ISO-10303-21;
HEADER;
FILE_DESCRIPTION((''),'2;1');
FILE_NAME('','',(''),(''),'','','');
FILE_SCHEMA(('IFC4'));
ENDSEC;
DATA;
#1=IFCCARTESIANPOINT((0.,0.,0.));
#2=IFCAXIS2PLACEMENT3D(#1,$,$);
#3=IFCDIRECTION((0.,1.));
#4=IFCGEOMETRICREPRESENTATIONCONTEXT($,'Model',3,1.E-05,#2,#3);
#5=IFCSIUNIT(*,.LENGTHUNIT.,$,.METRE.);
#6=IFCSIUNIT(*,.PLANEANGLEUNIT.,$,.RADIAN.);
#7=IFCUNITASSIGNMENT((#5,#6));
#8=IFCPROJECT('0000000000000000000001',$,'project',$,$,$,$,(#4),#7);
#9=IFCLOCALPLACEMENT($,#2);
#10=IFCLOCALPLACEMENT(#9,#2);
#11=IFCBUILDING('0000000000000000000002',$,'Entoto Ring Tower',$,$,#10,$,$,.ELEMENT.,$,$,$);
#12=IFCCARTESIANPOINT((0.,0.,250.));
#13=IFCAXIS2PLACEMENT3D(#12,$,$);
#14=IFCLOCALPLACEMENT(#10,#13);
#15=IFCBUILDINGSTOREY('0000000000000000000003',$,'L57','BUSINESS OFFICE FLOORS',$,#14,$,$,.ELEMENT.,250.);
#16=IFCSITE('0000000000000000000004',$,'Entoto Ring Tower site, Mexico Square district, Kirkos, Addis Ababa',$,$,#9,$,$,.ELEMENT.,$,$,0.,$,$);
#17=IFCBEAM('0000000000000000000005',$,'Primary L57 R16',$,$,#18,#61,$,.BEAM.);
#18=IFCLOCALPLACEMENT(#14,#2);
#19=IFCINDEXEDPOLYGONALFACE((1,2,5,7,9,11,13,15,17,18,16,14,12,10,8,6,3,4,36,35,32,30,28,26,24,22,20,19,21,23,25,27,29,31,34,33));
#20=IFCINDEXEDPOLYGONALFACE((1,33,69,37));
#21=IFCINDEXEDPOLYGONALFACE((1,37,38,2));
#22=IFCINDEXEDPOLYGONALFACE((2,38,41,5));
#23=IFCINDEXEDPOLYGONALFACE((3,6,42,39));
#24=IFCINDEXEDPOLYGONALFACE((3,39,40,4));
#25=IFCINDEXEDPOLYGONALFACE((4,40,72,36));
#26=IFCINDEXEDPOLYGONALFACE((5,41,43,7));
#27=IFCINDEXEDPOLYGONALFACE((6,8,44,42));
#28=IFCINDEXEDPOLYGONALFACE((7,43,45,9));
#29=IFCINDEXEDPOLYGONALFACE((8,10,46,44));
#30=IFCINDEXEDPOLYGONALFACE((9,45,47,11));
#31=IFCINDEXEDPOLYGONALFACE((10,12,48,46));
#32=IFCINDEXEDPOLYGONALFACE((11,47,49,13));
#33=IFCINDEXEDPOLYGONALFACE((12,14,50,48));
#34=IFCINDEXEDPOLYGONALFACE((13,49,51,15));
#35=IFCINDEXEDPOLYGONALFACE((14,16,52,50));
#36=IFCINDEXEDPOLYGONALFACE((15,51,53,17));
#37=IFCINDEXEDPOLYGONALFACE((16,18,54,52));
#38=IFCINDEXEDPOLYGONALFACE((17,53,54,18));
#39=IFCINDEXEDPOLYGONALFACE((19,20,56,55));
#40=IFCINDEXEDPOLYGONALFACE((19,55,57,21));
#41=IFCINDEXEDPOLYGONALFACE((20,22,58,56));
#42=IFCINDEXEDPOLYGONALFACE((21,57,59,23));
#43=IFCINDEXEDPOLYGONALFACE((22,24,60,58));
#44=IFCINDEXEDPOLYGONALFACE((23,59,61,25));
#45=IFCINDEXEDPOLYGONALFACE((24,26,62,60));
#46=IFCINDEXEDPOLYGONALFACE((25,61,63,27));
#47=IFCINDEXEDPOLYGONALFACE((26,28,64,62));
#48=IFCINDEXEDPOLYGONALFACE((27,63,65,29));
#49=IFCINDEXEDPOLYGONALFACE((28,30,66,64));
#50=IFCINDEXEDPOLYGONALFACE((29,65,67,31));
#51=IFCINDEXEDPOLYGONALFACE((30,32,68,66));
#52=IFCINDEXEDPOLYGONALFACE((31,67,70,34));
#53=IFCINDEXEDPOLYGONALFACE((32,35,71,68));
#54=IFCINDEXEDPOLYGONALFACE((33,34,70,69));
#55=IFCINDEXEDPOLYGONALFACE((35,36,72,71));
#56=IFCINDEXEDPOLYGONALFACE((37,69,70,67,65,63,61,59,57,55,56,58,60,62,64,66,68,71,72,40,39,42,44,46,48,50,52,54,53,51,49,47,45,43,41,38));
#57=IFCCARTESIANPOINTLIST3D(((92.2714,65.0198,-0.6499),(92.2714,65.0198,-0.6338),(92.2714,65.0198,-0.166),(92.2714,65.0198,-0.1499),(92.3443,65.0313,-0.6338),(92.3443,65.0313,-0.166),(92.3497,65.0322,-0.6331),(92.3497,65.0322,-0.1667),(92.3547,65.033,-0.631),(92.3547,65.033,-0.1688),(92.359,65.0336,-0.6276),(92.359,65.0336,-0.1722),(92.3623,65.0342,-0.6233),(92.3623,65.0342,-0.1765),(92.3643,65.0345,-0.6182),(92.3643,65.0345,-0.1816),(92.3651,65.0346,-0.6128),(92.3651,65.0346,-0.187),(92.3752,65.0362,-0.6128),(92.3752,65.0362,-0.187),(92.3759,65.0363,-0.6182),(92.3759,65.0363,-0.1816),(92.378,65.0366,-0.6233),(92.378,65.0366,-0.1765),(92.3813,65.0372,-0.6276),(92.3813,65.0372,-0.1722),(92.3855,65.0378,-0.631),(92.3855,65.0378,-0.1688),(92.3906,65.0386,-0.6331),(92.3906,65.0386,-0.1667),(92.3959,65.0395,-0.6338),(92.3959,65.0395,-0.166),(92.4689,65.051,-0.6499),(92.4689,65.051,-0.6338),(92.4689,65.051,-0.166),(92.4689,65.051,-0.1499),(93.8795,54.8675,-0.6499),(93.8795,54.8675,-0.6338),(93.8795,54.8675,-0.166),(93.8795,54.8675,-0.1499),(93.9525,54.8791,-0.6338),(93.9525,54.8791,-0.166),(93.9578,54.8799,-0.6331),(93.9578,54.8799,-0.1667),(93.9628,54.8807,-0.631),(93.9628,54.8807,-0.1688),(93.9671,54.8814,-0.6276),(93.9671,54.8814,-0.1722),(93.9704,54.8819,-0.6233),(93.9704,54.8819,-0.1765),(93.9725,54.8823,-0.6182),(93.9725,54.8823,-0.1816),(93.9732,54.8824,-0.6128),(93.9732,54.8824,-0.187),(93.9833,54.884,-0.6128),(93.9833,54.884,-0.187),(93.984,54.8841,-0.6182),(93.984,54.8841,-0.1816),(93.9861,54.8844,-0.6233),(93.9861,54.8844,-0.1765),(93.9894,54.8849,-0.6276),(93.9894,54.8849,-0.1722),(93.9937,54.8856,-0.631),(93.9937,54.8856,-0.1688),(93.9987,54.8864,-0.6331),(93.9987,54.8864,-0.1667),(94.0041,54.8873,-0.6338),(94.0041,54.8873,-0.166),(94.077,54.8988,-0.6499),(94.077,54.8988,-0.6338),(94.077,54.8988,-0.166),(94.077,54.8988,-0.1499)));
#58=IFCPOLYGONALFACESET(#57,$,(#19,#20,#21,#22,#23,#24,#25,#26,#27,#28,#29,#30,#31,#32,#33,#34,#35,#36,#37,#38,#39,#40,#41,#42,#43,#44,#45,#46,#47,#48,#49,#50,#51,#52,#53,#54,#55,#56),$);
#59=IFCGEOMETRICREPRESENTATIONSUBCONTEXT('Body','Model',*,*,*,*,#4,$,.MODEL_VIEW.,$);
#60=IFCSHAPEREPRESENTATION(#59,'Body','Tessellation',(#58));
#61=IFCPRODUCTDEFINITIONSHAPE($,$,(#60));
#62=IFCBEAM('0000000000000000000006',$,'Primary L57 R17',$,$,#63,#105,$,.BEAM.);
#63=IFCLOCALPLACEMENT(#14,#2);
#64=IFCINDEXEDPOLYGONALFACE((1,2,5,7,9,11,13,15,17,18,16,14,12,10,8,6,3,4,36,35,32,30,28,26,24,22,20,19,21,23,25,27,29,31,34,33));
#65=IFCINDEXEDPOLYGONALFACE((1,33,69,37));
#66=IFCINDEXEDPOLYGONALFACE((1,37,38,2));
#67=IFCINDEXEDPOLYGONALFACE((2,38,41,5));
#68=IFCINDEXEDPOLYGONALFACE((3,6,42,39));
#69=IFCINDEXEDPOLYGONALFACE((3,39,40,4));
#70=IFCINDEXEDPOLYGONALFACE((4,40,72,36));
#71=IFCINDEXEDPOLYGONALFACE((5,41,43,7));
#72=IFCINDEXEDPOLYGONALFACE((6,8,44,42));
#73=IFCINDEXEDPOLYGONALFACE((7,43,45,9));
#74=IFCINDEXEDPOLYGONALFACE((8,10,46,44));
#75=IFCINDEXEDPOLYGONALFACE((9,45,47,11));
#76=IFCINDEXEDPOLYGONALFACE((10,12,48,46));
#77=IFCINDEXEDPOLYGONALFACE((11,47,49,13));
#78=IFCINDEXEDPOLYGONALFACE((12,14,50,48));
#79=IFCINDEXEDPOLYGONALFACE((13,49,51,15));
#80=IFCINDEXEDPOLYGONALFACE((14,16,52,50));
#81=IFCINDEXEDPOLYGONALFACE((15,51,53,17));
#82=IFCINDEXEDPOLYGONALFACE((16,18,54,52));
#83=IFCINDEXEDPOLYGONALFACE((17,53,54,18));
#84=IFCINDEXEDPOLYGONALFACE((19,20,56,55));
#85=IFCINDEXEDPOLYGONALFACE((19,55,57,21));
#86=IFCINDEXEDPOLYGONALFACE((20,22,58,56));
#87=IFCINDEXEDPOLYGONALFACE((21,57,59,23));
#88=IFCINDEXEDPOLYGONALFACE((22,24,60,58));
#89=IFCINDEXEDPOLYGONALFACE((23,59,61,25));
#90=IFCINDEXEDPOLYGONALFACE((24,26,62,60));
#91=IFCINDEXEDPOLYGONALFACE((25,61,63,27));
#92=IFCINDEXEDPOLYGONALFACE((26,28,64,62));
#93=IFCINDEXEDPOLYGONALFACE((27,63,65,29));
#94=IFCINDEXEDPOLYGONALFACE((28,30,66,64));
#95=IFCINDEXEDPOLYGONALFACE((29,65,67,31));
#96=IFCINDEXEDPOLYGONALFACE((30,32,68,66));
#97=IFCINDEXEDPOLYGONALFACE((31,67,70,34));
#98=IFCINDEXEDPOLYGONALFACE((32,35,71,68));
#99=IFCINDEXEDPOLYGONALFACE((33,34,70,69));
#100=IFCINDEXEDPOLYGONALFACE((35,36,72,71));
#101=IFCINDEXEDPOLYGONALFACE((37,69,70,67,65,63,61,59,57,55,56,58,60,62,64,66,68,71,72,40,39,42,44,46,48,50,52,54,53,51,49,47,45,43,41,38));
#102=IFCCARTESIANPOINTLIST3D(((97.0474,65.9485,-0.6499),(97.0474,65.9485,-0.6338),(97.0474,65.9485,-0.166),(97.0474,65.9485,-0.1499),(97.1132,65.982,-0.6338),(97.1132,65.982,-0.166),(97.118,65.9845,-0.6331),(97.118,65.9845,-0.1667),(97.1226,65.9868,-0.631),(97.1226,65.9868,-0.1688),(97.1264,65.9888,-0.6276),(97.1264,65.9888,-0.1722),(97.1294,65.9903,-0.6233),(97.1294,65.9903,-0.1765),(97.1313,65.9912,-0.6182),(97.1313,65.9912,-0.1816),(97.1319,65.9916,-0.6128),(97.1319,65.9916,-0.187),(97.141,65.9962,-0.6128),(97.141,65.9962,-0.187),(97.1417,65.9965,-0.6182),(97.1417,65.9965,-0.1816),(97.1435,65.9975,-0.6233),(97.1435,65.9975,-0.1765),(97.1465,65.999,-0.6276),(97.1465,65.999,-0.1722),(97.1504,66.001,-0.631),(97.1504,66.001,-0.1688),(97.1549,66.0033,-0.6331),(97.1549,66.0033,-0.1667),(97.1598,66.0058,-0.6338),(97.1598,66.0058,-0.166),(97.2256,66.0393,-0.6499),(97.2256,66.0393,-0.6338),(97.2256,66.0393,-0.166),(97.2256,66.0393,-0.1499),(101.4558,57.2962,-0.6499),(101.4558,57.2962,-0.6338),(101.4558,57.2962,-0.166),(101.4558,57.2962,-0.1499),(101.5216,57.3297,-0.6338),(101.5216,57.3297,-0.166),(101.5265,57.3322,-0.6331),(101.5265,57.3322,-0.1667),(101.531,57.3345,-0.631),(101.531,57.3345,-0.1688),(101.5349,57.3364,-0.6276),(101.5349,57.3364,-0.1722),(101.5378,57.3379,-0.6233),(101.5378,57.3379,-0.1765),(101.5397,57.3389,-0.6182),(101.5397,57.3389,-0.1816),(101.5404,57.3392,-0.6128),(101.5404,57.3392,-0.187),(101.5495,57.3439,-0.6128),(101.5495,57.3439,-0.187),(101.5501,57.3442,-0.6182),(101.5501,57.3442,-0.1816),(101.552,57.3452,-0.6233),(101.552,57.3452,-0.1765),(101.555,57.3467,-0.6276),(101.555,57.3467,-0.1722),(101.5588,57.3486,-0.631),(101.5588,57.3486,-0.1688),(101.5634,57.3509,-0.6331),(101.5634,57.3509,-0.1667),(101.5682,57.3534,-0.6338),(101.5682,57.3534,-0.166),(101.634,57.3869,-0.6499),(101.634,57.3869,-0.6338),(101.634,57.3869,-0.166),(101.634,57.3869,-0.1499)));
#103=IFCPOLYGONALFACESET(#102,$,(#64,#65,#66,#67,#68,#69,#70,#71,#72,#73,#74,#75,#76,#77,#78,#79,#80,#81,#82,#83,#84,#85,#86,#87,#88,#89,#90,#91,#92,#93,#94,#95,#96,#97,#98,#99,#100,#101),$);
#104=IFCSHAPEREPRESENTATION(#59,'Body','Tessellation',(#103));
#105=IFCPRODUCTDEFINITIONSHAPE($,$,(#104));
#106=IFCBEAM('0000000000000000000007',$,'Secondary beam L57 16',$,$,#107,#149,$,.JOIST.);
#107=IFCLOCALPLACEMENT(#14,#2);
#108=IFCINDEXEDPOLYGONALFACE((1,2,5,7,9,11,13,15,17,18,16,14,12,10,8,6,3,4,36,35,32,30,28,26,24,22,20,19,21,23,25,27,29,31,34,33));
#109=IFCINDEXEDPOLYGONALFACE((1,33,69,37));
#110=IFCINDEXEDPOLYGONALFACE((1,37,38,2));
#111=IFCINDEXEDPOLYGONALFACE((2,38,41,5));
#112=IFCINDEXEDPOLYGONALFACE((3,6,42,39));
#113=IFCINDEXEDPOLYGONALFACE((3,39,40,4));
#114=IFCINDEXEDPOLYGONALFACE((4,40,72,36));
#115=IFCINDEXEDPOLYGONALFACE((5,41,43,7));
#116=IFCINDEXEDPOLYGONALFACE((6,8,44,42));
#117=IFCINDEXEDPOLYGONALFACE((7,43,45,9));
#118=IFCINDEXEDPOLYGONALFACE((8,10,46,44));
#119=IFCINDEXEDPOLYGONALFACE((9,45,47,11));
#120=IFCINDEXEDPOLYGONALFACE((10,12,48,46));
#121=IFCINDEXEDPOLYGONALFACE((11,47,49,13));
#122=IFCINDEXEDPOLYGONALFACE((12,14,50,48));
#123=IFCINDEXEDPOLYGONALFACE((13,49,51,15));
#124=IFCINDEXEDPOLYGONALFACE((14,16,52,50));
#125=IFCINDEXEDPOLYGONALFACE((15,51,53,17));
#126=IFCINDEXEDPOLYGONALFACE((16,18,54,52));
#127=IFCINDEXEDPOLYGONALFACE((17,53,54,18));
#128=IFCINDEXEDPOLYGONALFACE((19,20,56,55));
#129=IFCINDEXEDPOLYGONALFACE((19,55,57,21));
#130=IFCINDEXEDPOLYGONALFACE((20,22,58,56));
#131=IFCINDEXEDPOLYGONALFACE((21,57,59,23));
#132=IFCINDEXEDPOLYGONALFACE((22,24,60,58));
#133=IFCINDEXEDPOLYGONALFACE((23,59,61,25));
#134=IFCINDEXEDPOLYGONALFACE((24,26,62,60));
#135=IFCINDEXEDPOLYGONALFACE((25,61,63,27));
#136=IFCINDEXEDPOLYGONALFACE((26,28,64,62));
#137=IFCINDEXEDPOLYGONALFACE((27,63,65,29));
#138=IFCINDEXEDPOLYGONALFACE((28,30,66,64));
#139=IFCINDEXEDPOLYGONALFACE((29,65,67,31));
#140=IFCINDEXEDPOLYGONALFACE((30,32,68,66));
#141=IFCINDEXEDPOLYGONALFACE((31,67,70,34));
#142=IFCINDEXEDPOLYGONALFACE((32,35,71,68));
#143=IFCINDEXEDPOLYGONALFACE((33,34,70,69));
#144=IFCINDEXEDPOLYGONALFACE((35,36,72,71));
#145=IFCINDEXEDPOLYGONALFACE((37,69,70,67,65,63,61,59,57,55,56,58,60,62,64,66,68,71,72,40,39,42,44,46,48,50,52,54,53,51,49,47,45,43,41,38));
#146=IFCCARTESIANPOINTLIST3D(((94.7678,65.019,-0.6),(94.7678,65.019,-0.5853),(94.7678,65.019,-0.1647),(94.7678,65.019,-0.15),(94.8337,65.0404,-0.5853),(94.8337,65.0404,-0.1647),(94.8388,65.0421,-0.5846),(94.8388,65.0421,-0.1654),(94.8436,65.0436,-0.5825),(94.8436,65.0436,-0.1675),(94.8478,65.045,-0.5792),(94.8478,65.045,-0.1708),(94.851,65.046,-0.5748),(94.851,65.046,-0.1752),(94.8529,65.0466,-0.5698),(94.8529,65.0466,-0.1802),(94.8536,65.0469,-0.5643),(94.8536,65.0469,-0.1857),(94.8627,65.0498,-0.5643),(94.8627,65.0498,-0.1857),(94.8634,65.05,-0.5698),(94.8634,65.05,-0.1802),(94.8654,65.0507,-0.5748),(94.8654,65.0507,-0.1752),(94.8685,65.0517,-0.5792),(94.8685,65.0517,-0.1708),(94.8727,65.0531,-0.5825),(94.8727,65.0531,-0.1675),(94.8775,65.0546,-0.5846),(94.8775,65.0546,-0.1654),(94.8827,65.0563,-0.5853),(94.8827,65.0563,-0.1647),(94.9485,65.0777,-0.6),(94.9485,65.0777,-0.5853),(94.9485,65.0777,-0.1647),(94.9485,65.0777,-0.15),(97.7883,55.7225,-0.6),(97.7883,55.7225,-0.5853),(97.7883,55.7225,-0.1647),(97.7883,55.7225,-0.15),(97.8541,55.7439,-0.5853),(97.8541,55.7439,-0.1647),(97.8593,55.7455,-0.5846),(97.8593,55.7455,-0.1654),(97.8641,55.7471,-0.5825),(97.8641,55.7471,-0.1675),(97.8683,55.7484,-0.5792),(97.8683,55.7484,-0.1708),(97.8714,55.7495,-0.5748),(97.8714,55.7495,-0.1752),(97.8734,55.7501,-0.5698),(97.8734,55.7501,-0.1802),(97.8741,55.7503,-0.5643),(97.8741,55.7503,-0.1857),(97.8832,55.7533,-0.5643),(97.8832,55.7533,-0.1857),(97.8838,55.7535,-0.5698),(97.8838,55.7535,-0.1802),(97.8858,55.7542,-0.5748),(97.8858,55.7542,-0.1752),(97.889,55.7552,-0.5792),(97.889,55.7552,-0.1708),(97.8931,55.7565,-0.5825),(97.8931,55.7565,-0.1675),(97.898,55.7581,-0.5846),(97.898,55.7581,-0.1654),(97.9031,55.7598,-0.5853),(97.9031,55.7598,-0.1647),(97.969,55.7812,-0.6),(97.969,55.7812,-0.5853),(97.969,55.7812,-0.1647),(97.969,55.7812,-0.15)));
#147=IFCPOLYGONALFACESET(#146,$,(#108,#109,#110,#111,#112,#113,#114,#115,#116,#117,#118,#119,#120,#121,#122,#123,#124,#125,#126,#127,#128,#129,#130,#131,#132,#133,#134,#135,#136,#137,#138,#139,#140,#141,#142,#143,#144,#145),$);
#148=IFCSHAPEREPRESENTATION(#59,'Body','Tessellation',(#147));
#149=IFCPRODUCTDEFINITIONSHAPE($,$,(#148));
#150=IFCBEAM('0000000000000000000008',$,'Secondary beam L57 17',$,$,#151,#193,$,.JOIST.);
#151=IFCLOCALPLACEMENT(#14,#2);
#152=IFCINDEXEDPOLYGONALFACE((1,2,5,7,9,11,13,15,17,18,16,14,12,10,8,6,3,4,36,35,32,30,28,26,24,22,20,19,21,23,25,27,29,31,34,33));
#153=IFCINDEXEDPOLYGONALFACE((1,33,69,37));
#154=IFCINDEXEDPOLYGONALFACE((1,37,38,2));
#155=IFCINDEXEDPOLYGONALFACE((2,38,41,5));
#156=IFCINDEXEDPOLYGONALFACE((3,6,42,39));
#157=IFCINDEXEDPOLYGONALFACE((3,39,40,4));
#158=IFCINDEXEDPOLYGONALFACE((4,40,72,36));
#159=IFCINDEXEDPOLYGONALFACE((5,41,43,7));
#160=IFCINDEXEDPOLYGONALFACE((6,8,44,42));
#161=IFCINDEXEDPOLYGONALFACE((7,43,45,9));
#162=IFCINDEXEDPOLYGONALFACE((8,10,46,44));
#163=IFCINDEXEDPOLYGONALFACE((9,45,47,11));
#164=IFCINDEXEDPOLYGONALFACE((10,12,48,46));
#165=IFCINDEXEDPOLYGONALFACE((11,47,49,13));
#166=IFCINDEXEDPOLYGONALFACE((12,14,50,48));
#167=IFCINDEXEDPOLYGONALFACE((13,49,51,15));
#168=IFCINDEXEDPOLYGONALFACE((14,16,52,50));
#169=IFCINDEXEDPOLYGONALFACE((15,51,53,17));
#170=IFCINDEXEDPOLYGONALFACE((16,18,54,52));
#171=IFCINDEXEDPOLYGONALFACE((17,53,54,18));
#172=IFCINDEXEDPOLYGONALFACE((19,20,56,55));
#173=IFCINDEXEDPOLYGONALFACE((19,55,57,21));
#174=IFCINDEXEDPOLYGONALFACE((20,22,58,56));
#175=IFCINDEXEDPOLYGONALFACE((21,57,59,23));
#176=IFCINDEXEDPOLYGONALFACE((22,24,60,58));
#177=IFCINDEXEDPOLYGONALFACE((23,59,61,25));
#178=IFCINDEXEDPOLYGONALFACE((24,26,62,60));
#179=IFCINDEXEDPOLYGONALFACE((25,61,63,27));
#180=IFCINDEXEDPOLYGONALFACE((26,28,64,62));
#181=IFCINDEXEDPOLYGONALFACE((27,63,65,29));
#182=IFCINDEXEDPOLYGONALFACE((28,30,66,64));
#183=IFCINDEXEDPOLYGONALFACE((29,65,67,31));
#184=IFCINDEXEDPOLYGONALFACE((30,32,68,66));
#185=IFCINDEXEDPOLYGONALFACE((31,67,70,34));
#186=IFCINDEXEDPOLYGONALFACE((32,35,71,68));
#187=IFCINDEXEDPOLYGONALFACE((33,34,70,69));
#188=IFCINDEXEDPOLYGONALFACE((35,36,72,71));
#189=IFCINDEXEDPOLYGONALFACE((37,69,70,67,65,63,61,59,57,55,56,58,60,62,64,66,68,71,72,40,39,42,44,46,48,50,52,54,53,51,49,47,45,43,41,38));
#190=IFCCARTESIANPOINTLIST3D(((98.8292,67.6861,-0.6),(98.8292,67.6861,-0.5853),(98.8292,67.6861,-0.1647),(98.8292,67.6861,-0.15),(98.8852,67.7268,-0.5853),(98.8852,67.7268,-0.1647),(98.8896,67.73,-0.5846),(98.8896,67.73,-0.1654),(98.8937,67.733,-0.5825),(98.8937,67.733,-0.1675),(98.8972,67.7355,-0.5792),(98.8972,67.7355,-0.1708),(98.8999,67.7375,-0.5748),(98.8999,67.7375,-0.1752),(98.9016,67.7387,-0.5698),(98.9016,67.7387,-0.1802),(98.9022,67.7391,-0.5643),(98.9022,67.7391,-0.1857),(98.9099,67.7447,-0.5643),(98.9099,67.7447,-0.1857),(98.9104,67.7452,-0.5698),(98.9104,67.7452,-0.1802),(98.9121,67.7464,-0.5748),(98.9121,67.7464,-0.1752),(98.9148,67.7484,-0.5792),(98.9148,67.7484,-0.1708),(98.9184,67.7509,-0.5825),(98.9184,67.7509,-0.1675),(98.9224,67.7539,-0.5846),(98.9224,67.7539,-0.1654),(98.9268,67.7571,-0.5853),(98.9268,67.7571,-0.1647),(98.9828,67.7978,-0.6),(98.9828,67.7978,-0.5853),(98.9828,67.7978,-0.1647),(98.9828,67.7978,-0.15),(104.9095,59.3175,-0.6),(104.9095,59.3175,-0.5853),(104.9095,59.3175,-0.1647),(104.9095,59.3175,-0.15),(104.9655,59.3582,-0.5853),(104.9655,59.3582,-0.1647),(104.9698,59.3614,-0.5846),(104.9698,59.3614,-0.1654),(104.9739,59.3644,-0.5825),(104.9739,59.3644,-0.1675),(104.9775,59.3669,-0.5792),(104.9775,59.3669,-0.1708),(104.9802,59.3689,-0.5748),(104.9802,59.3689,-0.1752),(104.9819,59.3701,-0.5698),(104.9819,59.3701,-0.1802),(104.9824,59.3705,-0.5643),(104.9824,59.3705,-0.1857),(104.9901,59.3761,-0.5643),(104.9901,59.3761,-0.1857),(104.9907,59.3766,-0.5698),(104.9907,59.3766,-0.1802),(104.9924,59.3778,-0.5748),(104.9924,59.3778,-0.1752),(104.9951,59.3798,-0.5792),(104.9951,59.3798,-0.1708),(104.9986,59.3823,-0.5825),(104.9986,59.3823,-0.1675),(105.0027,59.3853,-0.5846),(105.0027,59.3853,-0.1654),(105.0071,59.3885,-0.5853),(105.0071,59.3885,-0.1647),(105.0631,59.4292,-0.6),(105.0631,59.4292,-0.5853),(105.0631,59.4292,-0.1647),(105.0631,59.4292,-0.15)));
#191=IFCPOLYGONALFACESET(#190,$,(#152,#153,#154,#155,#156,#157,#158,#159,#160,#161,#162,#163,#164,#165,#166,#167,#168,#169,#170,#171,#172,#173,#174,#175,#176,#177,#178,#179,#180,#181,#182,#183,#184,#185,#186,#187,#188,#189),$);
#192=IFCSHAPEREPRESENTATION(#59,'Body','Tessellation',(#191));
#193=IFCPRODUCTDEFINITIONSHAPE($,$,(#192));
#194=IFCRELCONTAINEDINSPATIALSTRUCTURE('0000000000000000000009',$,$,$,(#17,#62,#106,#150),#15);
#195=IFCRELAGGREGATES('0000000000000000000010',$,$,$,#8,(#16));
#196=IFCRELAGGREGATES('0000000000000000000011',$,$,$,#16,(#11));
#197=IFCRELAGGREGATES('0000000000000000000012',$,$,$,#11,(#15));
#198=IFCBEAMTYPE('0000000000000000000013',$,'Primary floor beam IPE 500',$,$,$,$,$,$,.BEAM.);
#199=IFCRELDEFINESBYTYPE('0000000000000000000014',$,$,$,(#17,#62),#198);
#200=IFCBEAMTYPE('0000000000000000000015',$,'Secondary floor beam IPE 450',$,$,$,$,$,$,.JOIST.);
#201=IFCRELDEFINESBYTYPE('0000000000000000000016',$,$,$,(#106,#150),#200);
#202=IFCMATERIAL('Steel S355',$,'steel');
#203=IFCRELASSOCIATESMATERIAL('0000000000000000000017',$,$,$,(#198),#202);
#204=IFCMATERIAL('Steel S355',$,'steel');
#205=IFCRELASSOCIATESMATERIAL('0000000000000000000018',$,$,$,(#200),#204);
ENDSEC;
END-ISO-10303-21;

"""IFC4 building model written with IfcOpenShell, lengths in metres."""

from ifc_helpers import new_model, si_unit, direction, frame, origin, origin_2d, place, context, subcontext, project, spatial, i_section, extrude, material, material_profile, profile_set, type_object, element, save


model = new_model("IFC4")

# Units and contexts
model_context = context("Model", 3, precision=1e-05, world=origin(), true_north=direction((0.0, 1.0)))
body_context = subcontext(model_context, "Body", "Model", "MODEL_VIEW")
ifc_project = project(units=[si_unit("LENGTHUNIT", "METRE"), si_unit("PLANEANGLEUNIT", "RADIAN")], contexts=[model_context])

# Site, building, storey
site_placement = place(None, origin())
site = spatial("IfcSite", under=ifc_project, at=site_placement, Name="Entoto Ring Tower site, Mexico Square district, Kirkos, Addis Ababa", CompositionType="ELEMENT", RefElevation=0.0)
building_placement = place(site_placement, origin())
building = spatial("IfcBuilding", under=site, at=building_placement, Name="Entoto Ring Tower", CompositionType="ELEMENT")
storey_placement = place(building_placement, frame((0.0, 0.0, 250.0)))
storey = spatial("IfcBuildingStorey", under=building, at=storey_placement, Name="L57", Description="BUSINESS OFFICE FLOORS", CompositionType="ELEMENT", Elevation=250.0)

# Beams
ifc_material_1 = material(Name="Steel S355", Category="steel")
ifc_material_profile_1 = material_profile(ifc_material_1, i_section(OverallWidth=0.2, OverallDepth=0.5, WebThickness=0.0103, FlangeThickness=0.0161, FilletRadius=0.021, at=origin_2d()), Name="IPE 500")
ifc_profile_set_1 = profile_set([ifc_material_profile_1], Name="Steel S355")
beam_type_1 = type_object("IfcBeamType", Name="Primary floor beam IPE 500", PredefinedType="BEAM", material=ifc_profile_set_1)
beam_1_placement = place(storey_placement, frame((92.3701, 65.0354, -0.3999), z_axis=(0.156452, -0.987686, 0.0), x_axis=(0.987686, 0.156452, 0.0)))
element("IfcBeam", 1, at=beam_1_placement, inside=storey, type_object=beam_type_1, Name="Primary L57 R16", PredefinedType="BEAM", context=body_context, shape_type="SweptSolid", body=[
    extrude(i_section(OverallWidth=0.2, OverallDepth=0.5, WebThickness=0.0103, FlangeThickness=0.0161, FilletRadius=0.021, at=origin_2d()), origin(), (0.0, 0.0, 1.0), 10.2788),
])
beam_2_placement = place(storey_placement, frame((97.1365, 65.9939, -0.3999), z_axis=(0.453979, -0.891012, 0.0), x_axis=(0.891012, 0.453979, 0.0)))
element("IfcBeam", 2, at=beam_2_placement, inside=storey, type_object=beam_type_1, Name="Primary L57 R17", PredefinedType="BEAM", context=body_context, shape_type="SweptSolid", body=[
    extrude(i_section(OverallWidth=0.2, OverallDepth=0.5, WebThickness=0.0103, FlangeThickness=0.0161, FilletRadius=0.021, at=origin_2d()), origin(), (0.0, 0.0, 1.0), 9.7107),
])
ifc_material_2 = material(Name="Steel S355", Category="steel")
ifc_material_profile_2 = material_profile(ifc_material_2, i_section(OverallWidth=0.1899, OverallDepth=0.45, WebThickness=0.0095, FlangeThickness=0.0146, FilletRadius=0.021, at=origin_2d()), Name="IPE 450")
ifc_profile_set_2 = profile_set([ifc_material_profile_2], Name="Steel S355")
beam_type_2 = type_object("IfcBeamType", Name="Secondary floor beam IPE 450", PredefinedType="JOIST", material=ifc_profile_set_2)
beam_3_placement = place(storey_placement, frame((94.8582, 65.0483, -0.375), z_axis=(0.309003, -0.951061, 0.0), x_axis=(0.951061, 0.309003, 0.0)))
element("IfcBeam", 3, at=beam_3_placement, inside=storey, type_object=beam_type_2, Name="Secondary beam L57 16", PredefinedType="JOIST", context=body_context, shape_type="SweptSolid", body=[
    extrude(i_section(OverallWidth=0.1899, OverallDepth=0.45, WebThickness=0.0095, FlangeThickness=0.0146, FilletRadius=0.021, at=origin_2d()), origin(), (0.0, 0.0, 1.0), 9.7749),
])
beam_4_placement = place(storey_placement, frame((98.906, 67.7419, -0.375), z_axis=(0.587794, -0.809011, 0.0), x_axis=(0.809011, 0.587794, 0.0)))
element("IfcBeam", 4, at=beam_4_placement, inside=storey, type_object=beam_type_2, Name="Secondary beam L57 17", PredefinedType="JOIST", context=body_context, shape_type="SweptSolid", body=[
    extrude(i_section(OverallWidth=0.1899, OverallDepth=0.45, WebThickness=0.0095, FlangeThickness=0.0146, FilletRadius=0.021, at=origin_2d()), origin(), (0.0, 0.0, 1.0), 10.3442),
])

save(model, "model.ifc")
